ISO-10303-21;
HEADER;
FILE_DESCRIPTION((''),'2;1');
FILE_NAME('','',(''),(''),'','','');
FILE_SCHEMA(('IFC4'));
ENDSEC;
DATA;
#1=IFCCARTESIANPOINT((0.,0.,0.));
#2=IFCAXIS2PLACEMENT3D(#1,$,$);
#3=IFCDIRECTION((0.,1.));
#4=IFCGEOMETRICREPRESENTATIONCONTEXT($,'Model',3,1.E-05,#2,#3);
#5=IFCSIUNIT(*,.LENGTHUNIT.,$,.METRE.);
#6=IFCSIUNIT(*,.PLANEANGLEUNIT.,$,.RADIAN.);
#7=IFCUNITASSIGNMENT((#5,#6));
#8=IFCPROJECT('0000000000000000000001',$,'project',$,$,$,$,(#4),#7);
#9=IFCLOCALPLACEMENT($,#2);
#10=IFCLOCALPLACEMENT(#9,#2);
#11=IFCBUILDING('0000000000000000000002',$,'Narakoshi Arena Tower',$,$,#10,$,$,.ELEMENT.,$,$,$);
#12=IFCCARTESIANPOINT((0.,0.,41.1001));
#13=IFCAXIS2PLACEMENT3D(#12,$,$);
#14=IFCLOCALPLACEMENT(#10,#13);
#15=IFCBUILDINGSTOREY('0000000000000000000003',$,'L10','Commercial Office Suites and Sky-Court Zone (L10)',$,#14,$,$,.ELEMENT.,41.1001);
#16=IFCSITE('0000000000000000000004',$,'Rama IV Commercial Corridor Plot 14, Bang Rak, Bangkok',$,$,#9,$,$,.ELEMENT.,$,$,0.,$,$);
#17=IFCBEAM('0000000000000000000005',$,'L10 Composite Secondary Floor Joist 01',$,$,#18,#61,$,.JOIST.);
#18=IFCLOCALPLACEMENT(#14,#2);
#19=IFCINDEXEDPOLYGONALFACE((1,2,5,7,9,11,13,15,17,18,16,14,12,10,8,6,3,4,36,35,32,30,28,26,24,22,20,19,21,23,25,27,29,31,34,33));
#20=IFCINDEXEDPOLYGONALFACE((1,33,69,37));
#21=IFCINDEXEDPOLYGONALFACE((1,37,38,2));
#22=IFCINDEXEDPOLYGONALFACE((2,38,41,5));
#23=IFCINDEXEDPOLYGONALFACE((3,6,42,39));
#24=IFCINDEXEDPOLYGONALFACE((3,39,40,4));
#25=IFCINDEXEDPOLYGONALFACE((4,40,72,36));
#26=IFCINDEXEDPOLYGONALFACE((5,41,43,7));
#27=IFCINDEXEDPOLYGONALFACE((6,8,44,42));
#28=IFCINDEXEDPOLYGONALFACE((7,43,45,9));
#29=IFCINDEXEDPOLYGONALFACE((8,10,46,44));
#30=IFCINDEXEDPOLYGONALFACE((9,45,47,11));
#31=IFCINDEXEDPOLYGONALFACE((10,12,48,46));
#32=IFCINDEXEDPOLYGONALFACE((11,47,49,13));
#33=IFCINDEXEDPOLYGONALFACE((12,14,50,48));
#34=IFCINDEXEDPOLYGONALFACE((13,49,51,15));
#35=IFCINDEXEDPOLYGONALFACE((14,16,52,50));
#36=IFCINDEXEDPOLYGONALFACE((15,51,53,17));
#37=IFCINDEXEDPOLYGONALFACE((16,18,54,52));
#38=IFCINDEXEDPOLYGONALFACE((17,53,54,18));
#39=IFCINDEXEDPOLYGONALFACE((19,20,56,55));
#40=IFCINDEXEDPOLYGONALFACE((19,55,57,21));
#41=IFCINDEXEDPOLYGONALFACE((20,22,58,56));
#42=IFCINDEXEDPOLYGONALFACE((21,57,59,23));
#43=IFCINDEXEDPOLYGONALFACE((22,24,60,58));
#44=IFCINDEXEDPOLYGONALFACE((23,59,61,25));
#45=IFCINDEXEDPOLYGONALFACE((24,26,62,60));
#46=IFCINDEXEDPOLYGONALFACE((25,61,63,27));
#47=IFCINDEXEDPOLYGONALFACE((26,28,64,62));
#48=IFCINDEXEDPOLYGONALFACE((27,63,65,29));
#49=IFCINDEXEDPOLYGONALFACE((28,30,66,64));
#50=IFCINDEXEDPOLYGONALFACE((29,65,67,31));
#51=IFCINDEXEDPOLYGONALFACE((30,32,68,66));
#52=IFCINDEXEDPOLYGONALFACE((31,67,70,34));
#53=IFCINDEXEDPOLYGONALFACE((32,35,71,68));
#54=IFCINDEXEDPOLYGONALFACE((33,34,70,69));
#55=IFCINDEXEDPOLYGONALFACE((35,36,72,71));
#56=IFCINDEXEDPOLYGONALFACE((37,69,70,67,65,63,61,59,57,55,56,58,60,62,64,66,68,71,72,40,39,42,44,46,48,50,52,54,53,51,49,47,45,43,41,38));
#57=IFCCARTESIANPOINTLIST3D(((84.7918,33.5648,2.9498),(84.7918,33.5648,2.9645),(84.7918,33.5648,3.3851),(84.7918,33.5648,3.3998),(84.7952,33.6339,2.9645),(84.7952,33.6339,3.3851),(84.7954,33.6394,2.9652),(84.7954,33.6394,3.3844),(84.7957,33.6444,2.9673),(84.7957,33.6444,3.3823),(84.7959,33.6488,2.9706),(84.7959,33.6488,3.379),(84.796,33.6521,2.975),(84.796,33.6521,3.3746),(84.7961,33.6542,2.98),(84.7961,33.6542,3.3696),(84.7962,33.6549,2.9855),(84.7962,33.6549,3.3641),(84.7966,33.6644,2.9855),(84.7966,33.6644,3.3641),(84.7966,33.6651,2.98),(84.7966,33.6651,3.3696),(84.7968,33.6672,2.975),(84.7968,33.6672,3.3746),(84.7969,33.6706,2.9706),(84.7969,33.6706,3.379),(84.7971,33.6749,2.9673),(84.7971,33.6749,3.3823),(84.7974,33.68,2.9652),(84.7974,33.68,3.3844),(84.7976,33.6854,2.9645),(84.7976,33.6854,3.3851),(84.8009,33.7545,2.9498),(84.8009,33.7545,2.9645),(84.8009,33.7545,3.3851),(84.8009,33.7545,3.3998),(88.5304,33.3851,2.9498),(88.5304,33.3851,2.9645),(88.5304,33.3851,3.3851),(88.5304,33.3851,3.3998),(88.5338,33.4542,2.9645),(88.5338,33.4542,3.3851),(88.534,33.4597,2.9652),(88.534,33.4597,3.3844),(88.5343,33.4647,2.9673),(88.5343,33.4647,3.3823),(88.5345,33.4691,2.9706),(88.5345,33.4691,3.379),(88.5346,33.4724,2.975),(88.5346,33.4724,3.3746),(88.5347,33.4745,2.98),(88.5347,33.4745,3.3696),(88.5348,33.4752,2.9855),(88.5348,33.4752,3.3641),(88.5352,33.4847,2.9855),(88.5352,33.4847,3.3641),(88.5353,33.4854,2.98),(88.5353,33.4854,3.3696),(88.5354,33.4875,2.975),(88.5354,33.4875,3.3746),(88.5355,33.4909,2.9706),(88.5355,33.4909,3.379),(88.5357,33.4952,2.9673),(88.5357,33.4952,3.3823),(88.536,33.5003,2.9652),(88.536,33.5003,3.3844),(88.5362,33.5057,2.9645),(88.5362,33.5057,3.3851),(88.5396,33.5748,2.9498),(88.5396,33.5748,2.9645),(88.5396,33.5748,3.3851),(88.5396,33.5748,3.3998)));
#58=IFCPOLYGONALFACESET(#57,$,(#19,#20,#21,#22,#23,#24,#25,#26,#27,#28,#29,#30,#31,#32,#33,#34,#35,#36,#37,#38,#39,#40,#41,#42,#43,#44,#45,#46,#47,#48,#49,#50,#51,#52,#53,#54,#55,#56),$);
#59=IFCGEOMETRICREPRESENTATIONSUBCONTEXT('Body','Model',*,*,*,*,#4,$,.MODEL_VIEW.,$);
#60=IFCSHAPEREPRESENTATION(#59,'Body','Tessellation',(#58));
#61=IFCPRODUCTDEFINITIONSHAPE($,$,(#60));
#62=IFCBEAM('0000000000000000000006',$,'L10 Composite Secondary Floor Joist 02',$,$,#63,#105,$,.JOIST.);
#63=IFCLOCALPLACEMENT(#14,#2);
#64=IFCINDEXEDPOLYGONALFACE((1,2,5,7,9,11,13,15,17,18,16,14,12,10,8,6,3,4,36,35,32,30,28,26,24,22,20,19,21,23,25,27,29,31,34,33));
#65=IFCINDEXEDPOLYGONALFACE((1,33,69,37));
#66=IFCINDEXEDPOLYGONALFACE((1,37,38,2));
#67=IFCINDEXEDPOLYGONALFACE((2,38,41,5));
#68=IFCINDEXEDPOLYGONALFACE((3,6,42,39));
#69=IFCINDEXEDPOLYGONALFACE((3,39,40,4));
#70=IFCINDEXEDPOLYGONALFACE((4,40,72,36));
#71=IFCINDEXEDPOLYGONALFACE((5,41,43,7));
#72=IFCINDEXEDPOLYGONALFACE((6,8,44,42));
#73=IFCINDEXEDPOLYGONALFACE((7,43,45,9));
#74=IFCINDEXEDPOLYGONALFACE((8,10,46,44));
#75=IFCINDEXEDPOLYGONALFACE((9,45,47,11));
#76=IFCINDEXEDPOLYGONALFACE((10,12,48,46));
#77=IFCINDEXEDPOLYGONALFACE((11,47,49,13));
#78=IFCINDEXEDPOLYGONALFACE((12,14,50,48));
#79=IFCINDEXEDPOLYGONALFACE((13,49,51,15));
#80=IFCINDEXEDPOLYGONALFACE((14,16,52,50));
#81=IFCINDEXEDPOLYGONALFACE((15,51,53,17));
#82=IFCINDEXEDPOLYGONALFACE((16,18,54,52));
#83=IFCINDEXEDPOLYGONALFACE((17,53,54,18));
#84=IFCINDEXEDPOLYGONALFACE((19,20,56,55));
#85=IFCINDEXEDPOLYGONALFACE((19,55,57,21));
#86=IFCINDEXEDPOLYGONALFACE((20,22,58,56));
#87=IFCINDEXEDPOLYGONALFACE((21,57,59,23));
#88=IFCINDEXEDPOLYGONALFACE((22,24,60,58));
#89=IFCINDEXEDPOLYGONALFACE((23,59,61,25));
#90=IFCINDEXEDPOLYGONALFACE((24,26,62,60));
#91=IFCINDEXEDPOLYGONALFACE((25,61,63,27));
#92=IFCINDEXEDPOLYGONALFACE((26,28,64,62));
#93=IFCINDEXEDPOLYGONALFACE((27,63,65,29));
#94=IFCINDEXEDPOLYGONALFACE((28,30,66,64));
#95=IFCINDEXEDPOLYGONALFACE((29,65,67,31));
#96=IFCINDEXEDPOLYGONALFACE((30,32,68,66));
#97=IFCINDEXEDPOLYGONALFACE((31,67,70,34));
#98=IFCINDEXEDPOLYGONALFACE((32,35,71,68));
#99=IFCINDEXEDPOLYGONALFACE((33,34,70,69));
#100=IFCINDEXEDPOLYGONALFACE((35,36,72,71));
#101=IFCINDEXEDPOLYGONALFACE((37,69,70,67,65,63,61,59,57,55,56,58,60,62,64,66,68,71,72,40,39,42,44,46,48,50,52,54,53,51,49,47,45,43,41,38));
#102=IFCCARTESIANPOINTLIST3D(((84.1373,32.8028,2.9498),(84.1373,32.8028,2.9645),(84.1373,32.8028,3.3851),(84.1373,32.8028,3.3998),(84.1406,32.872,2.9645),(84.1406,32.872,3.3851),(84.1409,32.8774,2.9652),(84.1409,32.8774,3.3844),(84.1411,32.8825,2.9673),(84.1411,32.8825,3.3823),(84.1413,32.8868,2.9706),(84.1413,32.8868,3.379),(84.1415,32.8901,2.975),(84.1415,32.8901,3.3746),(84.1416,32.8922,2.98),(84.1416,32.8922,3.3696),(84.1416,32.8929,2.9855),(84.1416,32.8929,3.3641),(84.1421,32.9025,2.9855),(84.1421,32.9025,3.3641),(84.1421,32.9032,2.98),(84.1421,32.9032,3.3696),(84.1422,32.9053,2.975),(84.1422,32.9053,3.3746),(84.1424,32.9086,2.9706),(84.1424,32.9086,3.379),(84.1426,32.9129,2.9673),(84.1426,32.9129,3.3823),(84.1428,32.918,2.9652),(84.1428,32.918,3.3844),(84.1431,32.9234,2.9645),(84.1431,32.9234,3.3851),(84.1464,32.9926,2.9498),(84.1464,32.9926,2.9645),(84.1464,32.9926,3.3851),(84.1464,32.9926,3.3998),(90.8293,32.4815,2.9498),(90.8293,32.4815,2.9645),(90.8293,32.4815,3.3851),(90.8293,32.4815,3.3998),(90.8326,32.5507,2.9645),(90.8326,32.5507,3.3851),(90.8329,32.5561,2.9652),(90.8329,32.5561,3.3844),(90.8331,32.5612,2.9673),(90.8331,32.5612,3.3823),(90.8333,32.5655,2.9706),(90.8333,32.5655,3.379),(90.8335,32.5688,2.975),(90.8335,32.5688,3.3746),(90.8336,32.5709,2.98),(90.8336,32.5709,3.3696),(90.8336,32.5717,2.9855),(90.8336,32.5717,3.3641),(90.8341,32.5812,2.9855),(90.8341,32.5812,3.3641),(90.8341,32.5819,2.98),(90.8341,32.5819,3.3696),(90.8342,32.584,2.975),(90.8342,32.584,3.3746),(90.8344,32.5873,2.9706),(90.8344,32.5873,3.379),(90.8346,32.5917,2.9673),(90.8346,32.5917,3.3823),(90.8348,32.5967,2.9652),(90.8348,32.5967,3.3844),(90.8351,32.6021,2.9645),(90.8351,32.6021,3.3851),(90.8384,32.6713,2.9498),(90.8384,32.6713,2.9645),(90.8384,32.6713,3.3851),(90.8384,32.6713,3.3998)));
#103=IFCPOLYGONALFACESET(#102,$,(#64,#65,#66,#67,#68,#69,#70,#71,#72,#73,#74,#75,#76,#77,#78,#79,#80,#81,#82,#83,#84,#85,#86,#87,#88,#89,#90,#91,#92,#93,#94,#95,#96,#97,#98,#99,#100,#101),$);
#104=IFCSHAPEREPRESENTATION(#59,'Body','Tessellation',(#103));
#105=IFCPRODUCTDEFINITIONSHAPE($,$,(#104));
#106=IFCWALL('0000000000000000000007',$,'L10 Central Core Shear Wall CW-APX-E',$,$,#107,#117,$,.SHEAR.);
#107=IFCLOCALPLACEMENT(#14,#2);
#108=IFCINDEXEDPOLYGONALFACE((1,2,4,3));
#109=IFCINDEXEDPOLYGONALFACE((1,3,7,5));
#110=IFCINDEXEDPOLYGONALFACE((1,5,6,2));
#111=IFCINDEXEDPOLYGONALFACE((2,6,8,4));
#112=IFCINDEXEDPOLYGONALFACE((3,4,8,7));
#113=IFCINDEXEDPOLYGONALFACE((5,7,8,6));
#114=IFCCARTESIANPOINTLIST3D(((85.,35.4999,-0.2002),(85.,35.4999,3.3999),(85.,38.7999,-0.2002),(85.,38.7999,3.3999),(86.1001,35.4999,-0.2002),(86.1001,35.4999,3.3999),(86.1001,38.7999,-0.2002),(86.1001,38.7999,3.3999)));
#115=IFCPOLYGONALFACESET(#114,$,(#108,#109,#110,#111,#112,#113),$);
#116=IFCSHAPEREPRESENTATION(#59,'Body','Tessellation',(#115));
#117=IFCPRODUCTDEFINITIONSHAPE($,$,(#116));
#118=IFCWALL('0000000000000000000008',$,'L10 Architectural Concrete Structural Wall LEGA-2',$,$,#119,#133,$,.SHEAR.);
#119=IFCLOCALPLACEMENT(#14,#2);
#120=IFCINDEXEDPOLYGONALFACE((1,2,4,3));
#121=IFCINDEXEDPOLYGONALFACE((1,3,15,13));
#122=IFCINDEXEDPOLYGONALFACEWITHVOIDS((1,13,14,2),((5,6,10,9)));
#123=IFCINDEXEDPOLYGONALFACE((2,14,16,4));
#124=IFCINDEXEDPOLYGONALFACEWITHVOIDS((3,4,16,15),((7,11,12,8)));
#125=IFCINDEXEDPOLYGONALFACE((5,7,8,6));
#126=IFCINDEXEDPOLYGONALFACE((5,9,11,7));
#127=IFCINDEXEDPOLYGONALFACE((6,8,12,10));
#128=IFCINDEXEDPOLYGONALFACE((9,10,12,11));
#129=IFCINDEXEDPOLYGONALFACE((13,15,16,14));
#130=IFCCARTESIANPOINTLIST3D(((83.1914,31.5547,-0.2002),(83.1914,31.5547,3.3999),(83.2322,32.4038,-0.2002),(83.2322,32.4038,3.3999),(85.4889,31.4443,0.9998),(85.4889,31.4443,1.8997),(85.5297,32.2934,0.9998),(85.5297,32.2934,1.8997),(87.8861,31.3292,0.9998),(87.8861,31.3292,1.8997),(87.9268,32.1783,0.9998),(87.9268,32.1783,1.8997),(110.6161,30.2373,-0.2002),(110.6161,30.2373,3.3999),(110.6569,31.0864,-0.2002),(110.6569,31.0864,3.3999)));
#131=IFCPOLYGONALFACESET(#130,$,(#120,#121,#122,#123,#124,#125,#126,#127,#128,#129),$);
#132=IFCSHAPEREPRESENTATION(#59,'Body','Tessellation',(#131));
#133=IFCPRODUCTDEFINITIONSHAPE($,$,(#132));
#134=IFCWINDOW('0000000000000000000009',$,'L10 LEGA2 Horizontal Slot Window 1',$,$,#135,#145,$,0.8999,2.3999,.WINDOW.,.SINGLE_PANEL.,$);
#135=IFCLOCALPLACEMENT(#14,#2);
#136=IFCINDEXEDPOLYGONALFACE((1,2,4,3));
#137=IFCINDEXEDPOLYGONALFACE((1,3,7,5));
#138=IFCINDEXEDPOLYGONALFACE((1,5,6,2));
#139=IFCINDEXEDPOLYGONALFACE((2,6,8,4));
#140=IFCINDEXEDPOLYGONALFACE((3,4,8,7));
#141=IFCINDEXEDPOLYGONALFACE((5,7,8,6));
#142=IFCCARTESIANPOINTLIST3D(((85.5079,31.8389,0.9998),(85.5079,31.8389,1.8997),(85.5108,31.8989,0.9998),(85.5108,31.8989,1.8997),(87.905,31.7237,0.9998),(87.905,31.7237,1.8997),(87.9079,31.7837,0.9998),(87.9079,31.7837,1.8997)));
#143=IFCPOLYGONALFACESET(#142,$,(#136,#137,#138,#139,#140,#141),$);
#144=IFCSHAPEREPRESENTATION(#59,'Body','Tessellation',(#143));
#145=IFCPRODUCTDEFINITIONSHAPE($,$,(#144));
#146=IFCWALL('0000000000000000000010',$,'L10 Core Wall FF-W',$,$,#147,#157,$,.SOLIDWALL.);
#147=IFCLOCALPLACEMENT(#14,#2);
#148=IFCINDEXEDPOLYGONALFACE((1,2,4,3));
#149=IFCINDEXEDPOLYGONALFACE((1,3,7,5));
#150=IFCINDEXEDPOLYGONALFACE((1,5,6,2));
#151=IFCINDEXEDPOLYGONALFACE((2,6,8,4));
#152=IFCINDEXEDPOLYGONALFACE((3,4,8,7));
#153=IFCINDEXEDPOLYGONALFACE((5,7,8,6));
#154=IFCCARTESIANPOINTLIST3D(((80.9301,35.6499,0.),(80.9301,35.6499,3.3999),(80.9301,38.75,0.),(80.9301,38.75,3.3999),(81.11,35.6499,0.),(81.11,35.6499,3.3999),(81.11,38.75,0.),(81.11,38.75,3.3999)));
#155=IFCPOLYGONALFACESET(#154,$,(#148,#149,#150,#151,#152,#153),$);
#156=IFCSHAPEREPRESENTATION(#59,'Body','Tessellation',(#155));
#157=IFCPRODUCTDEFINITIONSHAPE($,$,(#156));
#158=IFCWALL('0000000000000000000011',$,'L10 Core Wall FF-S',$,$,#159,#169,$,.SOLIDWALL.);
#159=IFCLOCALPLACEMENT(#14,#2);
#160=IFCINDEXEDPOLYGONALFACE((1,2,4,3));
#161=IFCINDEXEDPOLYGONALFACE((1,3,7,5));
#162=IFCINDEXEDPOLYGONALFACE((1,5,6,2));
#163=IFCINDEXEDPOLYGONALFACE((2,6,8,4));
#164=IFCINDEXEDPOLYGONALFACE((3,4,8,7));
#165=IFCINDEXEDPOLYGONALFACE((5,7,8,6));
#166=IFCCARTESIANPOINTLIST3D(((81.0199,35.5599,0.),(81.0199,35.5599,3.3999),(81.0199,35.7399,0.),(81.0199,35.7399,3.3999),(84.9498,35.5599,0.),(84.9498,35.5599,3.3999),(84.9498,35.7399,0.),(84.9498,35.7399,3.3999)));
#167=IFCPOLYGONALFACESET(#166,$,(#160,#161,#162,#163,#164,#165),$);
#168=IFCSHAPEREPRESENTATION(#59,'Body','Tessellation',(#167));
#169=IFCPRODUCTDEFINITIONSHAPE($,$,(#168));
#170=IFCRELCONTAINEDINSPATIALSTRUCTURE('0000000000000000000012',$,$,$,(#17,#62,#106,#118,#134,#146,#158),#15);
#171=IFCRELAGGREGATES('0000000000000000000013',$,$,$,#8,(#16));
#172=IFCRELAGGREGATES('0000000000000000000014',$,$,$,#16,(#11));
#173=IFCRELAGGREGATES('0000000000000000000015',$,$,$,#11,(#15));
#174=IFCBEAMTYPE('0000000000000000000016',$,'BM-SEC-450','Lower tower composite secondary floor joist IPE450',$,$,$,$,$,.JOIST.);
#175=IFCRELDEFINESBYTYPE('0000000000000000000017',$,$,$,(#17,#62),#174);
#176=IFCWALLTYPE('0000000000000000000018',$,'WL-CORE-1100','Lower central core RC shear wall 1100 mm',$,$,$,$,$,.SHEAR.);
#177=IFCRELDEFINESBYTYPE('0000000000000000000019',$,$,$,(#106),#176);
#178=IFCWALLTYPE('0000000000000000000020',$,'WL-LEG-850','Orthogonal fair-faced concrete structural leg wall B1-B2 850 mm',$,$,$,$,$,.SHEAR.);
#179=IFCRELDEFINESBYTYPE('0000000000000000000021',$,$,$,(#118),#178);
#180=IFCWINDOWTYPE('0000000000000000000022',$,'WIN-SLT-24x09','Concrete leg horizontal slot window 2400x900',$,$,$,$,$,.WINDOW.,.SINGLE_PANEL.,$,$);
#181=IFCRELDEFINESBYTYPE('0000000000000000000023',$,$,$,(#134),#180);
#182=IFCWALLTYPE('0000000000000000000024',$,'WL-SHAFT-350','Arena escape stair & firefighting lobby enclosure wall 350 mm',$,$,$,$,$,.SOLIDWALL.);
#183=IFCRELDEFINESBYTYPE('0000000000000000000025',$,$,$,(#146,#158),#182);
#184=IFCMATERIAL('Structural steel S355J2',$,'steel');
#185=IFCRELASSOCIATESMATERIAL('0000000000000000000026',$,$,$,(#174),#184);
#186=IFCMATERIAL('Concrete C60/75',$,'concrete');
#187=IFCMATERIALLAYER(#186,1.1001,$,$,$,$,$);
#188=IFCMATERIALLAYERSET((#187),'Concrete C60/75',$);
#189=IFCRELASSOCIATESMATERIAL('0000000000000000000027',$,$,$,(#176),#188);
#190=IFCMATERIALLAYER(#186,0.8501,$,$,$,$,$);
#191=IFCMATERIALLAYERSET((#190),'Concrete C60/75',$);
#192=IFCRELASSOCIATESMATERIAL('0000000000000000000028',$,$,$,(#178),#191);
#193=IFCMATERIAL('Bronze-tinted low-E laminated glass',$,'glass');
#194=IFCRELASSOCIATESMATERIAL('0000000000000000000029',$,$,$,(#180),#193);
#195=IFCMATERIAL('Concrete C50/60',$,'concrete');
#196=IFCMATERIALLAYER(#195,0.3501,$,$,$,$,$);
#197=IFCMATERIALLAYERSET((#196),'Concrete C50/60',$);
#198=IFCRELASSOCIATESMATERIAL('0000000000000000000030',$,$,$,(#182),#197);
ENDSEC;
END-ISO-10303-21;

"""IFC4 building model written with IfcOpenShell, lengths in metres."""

from ifc_helpers import new_model, si_unit, direction, frame, frame_2d, origin, origin_2d, place, context, subcontext, project, spatial, rectangle, i_section, extrude, material, layer, layer_set, material_profile, profile_set, type_object, element, fill, save


model = new_model("IFC4")

# Units and contexts
model_context = context("Model", 3, precision=1e-05, world=origin(), true_north=direction((0.0, 1.0)))
body_context = subcontext(model_context, "Body", "Model", "MODEL_VIEW")
ifc_project = project(units=[si_unit("LENGTHUNIT", "METRE"), si_unit("PLANEANGLEUNIT", "RADIAN")], contexts=[model_context])

# Site, building, storey
site_placement = place(None, origin())
site = spatial("IfcSite", under=ifc_project, at=site_placement, Name="Rama IV Commercial Corridor Plot 14, Bang Rak, Bangkok", CompositionType="ELEMENT", RefElevation=0.0)
building_placement = place(site_placement, origin())
building = spatial("IfcBuilding", under=site, at=building_placement, Name="Narakoshi Arena Tower", CompositionType="ELEMENT")
storey_placement = place(building_placement, frame((0.0, 0.0, 41.1001)))
storey = spatial("IfcBuildingStorey", under=building, at=storey_placement, Name="L10", Description="Commercial Office Suites and Sky-Court Zone (L10)", CompositionType="ELEMENT", Elevation=41.1001)

# Shared definitions
ifc_material_1 = material(Name="Concrete C60/75", Category="concrete")

# Beams
ifc_material_2 = material(Name="Structural steel S355J2", Category="steel")
ifc_material_profile_1 = material_profile(ifc_material_2, i_section(OverallWidth=0.1899, OverallDepth=0.45, WebThickness=0.0095, FlangeThickness=0.0146, FilletRadius=0.021, at=origin_2d()), Name="IPE450")
ifc_profile_set_1 = profile_set([ifc_material_profile_1], Name="Structural steel S355J2")
beam_type_1 = type_object("IfcBeamType", Name="BM-SEC-450", Description="Lower tower composite secondary floor joist IPE450", PredefinedType="JOIST", material=ifc_profile_set_1)
beam_1_placement = place(storey_placement, frame((84.7964, 33.6597, 3.1748), z_axis=(0.998847, -0.048008, 0.0), x_axis=(0.048008, 0.998847, 0.0)))
element("IfcBeam", 1, at=beam_1_placement, inside=storey, type_object=beam_type_1, Name="L10 Composite Secondary Floor Joist 01", PredefinedType="JOIST", context=body_context, shape_type="SweptSolid", body=[
    extrude(i_section(OverallWidth=0.1899, OverallDepth=0.45, WebThickness=0.0095, FlangeThickness=0.0146, FilletRadius=0.021, at=origin_2d()), origin(), (0.0, 0.0, 1.0), 3.7429),
])
beam_2_placement = place(storey_placement, frame((84.1418, 32.8977, 3.1748), z_axis=(0.998849, -0.047956, 0.0), x_axis=(0.047956, 0.998849, 0.0)))
element("IfcBeam", 2, at=beam_2_placement, inside=storey, type_object=beam_type_1, Name="L10 Composite Secondary Floor Joist 02", PredefinedType="JOIST", context=body_context, shape_type="SweptSolid", body=[
    extrude(i_section(OverallWidth=0.1899, OverallDepth=0.45, WebThickness=0.0095, FlangeThickness=0.0146, FilletRadius=0.021, at=origin_2d()), origin(), (0.0, 0.0, 1.0), 6.6997),
])

# Wall
ifc_layer_1 = layer(ifc_material_1, 1.1001)
ifc_layer_set_1 = layer_set([ifc_layer_1], Name="Concrete C60/75")
wall_type_1 = type_object("IfcWallType", Name="WL-CORE-1100", Description="Lower central core RC shear wall 1100 mm", PredefinedType="SHEAR", material=ifc_layer_set_1)
wall_1_placement = place(storey_placement, frame((85.55, 35.5, -0.2002), z_axis=(0.0, 0.0, 1.0), x_axis=(0.0, 1.0, 0.0)))
element("IfcWall", 3, at=wall_1_placement, inside=storey, type_object=wall_type_1, Name="L10 Central Core Shear Wall CW-APX-E", PredefinedType="SHEAR", context=body_context, shape_type="SweptSolid", body=[
    extrude(rectangle(XDim=3.3, YDim=1.1001, at=frame_2d((1.6499, 0.0))), origin(), (0.0, 0.0, 1.0), 3.6001),
])

# Wall, opening, window
ifc_layer_2 = layer(ifc_material_1, 0.8501)
ifc_layer_set_2 = layer_set([ifc_layer_2], Name="Concrete C60/75")
wall_type_2 = type_object("IfcWallType", Name="WL-LEG-850", Description="Orthogonal fair-faced concrete structural leg wall B1-B2 850 mm", PredefinedType="SHEAR", material=ifc_layer_set_2)
wall_2_placement = place(storey_placement, frame((83.2119, 31.9792, -0.2002), z_axis=(0.0, 0.0, 1.0), x_axis=(0.998848, -0.047981, 0.0)))
wall_2 = element("IfcWall", 4, at=wall_2_placement, inside=storey, type_object=wall_type_2, Name="L10 Architectural Concrete Structural Wall LEGA-2", PredefinedType="SHEAR", context=body_context, shape_type="SweptSolid", body=[
    extrude(rectangle(XDim=27.4563, YDim=0.8501, at=frame_2d((13.728, 0.0))), origin(), (0.0, 0.0, 1.0), 3.6001),
])
opening_1_placement = place(wall_2_placement, frame((2.3, 0.0, 1.2)))
opening_1 = element("IfcOpeningElement", 5, at=opening_1_placement, cuts=wall_2, PredefinedType="OPENING", context=body_context, shape_type="SweptSolid", body=[
    extrude(rectangle(XDim=2.3999, YDim=0.8999, at=frame_2d((1.2, 0.45))), frame((0.0, 0.4351, 0.0), z_axis=(0.0, -1.0, 0.0), x_axis=(1.0, 0.0, 0.0)), (0.0, 0.0, 1.0), 0.8701),
])
ifc_material_3 = material(Name="Bronze-tinted low-E laminated glass", Category="glass")
window_type = type_object("IfcWindowType", Name="WIN-SLT-24x09", Description="Concrete leg horizontal slot window 2400x900", PartitioningType="SINGLE_PANEL", PredefinedType="WINDOW", material=ifc_material_3)
window_placement = place(opening_1_placement, origin())
window = element("IfcWindow", 6, at=window_placement, inside=storey, type_object=window_type, Name="L10 LEGA2 Horizontal Slot Window 1", OverallHeight=0.8999, OverallWidth=2.3999, PartitioningType="SINGLE_PANEL", PredefinedType="WINDOW", context=body_context, shape_type="SweptSolid", body=[
    extrude(rectangle(XDim=2.3999, YDim=0.8999, at=frame_2d((1.2, 0.45))), frame((0.0, 0.03, 0.0), z_axis=(0.0, -1.0, 0.0), x_axis=(1.0, 0.0, 0.0)), (0.0, 0.0, 1.0), 0.0601),
])
fill(opening_1, window)

# Walls
ifc_material_4 = material(Name="Concrete C50/60", Category="concrete")
ifc_layer_3 = layer(ifc_material_4, 0.3501)
ifc_layer_set_3 = layer_set([ifc_layer_3], Name="Concrete C50/60")
wall_type_3 = type_object("IfcWallType", Name="WL-SHAFT-350", Description="Arena escape stair & firefighting lobby enclosure wall 350 mm", PredefinedType="SOLIDWALL", material=ifc_layer_set_3)
wall_3_placement = place(storey_placement, frame((81.02, 35.6499, 0.0), z_axis=(0.0, 0.0, 1.0), x_axis=(0.0, 1.0, 0.0)))
element("IfcWall", 7, at=wall_3_placement, inside=storey, type_object=wall_type_3, Name="L10 Core Wall FF-W", PredefinedType="SOLIDWALL", context=body_context, shape_type="SweptSolid", body=[
    extrude(rectangle(XDim=3.1001, YDim=0.1799, at=frame_2d((1.55, 0.0))), origin(), (0.0, 0.0, 1.0), 3.3999),
])
wall_4_placement = place(storey_placement, frame((81.02, 35.6499, 0.0), z_axis=(0.0, 0.0, 1.0), x_axis=(1.0, 0.0, 0.0)))
element("IfcWall", 8, at=wall_4_placement, inside=storey, type_object=wall_type_3, Name="L10 Core Wall FF-S", PredefinedType="SOLIDWALL", context=body_context, shape_type="SweptSolid", body=[
    extrude(rectangle(XDim=3.9299, YDim=0.1799, at=frame_2d((1.9648, 0.0))), origin(), (0.0, 0.0, 1.0), 3.3999),
])

save(model, "model.ifc")
